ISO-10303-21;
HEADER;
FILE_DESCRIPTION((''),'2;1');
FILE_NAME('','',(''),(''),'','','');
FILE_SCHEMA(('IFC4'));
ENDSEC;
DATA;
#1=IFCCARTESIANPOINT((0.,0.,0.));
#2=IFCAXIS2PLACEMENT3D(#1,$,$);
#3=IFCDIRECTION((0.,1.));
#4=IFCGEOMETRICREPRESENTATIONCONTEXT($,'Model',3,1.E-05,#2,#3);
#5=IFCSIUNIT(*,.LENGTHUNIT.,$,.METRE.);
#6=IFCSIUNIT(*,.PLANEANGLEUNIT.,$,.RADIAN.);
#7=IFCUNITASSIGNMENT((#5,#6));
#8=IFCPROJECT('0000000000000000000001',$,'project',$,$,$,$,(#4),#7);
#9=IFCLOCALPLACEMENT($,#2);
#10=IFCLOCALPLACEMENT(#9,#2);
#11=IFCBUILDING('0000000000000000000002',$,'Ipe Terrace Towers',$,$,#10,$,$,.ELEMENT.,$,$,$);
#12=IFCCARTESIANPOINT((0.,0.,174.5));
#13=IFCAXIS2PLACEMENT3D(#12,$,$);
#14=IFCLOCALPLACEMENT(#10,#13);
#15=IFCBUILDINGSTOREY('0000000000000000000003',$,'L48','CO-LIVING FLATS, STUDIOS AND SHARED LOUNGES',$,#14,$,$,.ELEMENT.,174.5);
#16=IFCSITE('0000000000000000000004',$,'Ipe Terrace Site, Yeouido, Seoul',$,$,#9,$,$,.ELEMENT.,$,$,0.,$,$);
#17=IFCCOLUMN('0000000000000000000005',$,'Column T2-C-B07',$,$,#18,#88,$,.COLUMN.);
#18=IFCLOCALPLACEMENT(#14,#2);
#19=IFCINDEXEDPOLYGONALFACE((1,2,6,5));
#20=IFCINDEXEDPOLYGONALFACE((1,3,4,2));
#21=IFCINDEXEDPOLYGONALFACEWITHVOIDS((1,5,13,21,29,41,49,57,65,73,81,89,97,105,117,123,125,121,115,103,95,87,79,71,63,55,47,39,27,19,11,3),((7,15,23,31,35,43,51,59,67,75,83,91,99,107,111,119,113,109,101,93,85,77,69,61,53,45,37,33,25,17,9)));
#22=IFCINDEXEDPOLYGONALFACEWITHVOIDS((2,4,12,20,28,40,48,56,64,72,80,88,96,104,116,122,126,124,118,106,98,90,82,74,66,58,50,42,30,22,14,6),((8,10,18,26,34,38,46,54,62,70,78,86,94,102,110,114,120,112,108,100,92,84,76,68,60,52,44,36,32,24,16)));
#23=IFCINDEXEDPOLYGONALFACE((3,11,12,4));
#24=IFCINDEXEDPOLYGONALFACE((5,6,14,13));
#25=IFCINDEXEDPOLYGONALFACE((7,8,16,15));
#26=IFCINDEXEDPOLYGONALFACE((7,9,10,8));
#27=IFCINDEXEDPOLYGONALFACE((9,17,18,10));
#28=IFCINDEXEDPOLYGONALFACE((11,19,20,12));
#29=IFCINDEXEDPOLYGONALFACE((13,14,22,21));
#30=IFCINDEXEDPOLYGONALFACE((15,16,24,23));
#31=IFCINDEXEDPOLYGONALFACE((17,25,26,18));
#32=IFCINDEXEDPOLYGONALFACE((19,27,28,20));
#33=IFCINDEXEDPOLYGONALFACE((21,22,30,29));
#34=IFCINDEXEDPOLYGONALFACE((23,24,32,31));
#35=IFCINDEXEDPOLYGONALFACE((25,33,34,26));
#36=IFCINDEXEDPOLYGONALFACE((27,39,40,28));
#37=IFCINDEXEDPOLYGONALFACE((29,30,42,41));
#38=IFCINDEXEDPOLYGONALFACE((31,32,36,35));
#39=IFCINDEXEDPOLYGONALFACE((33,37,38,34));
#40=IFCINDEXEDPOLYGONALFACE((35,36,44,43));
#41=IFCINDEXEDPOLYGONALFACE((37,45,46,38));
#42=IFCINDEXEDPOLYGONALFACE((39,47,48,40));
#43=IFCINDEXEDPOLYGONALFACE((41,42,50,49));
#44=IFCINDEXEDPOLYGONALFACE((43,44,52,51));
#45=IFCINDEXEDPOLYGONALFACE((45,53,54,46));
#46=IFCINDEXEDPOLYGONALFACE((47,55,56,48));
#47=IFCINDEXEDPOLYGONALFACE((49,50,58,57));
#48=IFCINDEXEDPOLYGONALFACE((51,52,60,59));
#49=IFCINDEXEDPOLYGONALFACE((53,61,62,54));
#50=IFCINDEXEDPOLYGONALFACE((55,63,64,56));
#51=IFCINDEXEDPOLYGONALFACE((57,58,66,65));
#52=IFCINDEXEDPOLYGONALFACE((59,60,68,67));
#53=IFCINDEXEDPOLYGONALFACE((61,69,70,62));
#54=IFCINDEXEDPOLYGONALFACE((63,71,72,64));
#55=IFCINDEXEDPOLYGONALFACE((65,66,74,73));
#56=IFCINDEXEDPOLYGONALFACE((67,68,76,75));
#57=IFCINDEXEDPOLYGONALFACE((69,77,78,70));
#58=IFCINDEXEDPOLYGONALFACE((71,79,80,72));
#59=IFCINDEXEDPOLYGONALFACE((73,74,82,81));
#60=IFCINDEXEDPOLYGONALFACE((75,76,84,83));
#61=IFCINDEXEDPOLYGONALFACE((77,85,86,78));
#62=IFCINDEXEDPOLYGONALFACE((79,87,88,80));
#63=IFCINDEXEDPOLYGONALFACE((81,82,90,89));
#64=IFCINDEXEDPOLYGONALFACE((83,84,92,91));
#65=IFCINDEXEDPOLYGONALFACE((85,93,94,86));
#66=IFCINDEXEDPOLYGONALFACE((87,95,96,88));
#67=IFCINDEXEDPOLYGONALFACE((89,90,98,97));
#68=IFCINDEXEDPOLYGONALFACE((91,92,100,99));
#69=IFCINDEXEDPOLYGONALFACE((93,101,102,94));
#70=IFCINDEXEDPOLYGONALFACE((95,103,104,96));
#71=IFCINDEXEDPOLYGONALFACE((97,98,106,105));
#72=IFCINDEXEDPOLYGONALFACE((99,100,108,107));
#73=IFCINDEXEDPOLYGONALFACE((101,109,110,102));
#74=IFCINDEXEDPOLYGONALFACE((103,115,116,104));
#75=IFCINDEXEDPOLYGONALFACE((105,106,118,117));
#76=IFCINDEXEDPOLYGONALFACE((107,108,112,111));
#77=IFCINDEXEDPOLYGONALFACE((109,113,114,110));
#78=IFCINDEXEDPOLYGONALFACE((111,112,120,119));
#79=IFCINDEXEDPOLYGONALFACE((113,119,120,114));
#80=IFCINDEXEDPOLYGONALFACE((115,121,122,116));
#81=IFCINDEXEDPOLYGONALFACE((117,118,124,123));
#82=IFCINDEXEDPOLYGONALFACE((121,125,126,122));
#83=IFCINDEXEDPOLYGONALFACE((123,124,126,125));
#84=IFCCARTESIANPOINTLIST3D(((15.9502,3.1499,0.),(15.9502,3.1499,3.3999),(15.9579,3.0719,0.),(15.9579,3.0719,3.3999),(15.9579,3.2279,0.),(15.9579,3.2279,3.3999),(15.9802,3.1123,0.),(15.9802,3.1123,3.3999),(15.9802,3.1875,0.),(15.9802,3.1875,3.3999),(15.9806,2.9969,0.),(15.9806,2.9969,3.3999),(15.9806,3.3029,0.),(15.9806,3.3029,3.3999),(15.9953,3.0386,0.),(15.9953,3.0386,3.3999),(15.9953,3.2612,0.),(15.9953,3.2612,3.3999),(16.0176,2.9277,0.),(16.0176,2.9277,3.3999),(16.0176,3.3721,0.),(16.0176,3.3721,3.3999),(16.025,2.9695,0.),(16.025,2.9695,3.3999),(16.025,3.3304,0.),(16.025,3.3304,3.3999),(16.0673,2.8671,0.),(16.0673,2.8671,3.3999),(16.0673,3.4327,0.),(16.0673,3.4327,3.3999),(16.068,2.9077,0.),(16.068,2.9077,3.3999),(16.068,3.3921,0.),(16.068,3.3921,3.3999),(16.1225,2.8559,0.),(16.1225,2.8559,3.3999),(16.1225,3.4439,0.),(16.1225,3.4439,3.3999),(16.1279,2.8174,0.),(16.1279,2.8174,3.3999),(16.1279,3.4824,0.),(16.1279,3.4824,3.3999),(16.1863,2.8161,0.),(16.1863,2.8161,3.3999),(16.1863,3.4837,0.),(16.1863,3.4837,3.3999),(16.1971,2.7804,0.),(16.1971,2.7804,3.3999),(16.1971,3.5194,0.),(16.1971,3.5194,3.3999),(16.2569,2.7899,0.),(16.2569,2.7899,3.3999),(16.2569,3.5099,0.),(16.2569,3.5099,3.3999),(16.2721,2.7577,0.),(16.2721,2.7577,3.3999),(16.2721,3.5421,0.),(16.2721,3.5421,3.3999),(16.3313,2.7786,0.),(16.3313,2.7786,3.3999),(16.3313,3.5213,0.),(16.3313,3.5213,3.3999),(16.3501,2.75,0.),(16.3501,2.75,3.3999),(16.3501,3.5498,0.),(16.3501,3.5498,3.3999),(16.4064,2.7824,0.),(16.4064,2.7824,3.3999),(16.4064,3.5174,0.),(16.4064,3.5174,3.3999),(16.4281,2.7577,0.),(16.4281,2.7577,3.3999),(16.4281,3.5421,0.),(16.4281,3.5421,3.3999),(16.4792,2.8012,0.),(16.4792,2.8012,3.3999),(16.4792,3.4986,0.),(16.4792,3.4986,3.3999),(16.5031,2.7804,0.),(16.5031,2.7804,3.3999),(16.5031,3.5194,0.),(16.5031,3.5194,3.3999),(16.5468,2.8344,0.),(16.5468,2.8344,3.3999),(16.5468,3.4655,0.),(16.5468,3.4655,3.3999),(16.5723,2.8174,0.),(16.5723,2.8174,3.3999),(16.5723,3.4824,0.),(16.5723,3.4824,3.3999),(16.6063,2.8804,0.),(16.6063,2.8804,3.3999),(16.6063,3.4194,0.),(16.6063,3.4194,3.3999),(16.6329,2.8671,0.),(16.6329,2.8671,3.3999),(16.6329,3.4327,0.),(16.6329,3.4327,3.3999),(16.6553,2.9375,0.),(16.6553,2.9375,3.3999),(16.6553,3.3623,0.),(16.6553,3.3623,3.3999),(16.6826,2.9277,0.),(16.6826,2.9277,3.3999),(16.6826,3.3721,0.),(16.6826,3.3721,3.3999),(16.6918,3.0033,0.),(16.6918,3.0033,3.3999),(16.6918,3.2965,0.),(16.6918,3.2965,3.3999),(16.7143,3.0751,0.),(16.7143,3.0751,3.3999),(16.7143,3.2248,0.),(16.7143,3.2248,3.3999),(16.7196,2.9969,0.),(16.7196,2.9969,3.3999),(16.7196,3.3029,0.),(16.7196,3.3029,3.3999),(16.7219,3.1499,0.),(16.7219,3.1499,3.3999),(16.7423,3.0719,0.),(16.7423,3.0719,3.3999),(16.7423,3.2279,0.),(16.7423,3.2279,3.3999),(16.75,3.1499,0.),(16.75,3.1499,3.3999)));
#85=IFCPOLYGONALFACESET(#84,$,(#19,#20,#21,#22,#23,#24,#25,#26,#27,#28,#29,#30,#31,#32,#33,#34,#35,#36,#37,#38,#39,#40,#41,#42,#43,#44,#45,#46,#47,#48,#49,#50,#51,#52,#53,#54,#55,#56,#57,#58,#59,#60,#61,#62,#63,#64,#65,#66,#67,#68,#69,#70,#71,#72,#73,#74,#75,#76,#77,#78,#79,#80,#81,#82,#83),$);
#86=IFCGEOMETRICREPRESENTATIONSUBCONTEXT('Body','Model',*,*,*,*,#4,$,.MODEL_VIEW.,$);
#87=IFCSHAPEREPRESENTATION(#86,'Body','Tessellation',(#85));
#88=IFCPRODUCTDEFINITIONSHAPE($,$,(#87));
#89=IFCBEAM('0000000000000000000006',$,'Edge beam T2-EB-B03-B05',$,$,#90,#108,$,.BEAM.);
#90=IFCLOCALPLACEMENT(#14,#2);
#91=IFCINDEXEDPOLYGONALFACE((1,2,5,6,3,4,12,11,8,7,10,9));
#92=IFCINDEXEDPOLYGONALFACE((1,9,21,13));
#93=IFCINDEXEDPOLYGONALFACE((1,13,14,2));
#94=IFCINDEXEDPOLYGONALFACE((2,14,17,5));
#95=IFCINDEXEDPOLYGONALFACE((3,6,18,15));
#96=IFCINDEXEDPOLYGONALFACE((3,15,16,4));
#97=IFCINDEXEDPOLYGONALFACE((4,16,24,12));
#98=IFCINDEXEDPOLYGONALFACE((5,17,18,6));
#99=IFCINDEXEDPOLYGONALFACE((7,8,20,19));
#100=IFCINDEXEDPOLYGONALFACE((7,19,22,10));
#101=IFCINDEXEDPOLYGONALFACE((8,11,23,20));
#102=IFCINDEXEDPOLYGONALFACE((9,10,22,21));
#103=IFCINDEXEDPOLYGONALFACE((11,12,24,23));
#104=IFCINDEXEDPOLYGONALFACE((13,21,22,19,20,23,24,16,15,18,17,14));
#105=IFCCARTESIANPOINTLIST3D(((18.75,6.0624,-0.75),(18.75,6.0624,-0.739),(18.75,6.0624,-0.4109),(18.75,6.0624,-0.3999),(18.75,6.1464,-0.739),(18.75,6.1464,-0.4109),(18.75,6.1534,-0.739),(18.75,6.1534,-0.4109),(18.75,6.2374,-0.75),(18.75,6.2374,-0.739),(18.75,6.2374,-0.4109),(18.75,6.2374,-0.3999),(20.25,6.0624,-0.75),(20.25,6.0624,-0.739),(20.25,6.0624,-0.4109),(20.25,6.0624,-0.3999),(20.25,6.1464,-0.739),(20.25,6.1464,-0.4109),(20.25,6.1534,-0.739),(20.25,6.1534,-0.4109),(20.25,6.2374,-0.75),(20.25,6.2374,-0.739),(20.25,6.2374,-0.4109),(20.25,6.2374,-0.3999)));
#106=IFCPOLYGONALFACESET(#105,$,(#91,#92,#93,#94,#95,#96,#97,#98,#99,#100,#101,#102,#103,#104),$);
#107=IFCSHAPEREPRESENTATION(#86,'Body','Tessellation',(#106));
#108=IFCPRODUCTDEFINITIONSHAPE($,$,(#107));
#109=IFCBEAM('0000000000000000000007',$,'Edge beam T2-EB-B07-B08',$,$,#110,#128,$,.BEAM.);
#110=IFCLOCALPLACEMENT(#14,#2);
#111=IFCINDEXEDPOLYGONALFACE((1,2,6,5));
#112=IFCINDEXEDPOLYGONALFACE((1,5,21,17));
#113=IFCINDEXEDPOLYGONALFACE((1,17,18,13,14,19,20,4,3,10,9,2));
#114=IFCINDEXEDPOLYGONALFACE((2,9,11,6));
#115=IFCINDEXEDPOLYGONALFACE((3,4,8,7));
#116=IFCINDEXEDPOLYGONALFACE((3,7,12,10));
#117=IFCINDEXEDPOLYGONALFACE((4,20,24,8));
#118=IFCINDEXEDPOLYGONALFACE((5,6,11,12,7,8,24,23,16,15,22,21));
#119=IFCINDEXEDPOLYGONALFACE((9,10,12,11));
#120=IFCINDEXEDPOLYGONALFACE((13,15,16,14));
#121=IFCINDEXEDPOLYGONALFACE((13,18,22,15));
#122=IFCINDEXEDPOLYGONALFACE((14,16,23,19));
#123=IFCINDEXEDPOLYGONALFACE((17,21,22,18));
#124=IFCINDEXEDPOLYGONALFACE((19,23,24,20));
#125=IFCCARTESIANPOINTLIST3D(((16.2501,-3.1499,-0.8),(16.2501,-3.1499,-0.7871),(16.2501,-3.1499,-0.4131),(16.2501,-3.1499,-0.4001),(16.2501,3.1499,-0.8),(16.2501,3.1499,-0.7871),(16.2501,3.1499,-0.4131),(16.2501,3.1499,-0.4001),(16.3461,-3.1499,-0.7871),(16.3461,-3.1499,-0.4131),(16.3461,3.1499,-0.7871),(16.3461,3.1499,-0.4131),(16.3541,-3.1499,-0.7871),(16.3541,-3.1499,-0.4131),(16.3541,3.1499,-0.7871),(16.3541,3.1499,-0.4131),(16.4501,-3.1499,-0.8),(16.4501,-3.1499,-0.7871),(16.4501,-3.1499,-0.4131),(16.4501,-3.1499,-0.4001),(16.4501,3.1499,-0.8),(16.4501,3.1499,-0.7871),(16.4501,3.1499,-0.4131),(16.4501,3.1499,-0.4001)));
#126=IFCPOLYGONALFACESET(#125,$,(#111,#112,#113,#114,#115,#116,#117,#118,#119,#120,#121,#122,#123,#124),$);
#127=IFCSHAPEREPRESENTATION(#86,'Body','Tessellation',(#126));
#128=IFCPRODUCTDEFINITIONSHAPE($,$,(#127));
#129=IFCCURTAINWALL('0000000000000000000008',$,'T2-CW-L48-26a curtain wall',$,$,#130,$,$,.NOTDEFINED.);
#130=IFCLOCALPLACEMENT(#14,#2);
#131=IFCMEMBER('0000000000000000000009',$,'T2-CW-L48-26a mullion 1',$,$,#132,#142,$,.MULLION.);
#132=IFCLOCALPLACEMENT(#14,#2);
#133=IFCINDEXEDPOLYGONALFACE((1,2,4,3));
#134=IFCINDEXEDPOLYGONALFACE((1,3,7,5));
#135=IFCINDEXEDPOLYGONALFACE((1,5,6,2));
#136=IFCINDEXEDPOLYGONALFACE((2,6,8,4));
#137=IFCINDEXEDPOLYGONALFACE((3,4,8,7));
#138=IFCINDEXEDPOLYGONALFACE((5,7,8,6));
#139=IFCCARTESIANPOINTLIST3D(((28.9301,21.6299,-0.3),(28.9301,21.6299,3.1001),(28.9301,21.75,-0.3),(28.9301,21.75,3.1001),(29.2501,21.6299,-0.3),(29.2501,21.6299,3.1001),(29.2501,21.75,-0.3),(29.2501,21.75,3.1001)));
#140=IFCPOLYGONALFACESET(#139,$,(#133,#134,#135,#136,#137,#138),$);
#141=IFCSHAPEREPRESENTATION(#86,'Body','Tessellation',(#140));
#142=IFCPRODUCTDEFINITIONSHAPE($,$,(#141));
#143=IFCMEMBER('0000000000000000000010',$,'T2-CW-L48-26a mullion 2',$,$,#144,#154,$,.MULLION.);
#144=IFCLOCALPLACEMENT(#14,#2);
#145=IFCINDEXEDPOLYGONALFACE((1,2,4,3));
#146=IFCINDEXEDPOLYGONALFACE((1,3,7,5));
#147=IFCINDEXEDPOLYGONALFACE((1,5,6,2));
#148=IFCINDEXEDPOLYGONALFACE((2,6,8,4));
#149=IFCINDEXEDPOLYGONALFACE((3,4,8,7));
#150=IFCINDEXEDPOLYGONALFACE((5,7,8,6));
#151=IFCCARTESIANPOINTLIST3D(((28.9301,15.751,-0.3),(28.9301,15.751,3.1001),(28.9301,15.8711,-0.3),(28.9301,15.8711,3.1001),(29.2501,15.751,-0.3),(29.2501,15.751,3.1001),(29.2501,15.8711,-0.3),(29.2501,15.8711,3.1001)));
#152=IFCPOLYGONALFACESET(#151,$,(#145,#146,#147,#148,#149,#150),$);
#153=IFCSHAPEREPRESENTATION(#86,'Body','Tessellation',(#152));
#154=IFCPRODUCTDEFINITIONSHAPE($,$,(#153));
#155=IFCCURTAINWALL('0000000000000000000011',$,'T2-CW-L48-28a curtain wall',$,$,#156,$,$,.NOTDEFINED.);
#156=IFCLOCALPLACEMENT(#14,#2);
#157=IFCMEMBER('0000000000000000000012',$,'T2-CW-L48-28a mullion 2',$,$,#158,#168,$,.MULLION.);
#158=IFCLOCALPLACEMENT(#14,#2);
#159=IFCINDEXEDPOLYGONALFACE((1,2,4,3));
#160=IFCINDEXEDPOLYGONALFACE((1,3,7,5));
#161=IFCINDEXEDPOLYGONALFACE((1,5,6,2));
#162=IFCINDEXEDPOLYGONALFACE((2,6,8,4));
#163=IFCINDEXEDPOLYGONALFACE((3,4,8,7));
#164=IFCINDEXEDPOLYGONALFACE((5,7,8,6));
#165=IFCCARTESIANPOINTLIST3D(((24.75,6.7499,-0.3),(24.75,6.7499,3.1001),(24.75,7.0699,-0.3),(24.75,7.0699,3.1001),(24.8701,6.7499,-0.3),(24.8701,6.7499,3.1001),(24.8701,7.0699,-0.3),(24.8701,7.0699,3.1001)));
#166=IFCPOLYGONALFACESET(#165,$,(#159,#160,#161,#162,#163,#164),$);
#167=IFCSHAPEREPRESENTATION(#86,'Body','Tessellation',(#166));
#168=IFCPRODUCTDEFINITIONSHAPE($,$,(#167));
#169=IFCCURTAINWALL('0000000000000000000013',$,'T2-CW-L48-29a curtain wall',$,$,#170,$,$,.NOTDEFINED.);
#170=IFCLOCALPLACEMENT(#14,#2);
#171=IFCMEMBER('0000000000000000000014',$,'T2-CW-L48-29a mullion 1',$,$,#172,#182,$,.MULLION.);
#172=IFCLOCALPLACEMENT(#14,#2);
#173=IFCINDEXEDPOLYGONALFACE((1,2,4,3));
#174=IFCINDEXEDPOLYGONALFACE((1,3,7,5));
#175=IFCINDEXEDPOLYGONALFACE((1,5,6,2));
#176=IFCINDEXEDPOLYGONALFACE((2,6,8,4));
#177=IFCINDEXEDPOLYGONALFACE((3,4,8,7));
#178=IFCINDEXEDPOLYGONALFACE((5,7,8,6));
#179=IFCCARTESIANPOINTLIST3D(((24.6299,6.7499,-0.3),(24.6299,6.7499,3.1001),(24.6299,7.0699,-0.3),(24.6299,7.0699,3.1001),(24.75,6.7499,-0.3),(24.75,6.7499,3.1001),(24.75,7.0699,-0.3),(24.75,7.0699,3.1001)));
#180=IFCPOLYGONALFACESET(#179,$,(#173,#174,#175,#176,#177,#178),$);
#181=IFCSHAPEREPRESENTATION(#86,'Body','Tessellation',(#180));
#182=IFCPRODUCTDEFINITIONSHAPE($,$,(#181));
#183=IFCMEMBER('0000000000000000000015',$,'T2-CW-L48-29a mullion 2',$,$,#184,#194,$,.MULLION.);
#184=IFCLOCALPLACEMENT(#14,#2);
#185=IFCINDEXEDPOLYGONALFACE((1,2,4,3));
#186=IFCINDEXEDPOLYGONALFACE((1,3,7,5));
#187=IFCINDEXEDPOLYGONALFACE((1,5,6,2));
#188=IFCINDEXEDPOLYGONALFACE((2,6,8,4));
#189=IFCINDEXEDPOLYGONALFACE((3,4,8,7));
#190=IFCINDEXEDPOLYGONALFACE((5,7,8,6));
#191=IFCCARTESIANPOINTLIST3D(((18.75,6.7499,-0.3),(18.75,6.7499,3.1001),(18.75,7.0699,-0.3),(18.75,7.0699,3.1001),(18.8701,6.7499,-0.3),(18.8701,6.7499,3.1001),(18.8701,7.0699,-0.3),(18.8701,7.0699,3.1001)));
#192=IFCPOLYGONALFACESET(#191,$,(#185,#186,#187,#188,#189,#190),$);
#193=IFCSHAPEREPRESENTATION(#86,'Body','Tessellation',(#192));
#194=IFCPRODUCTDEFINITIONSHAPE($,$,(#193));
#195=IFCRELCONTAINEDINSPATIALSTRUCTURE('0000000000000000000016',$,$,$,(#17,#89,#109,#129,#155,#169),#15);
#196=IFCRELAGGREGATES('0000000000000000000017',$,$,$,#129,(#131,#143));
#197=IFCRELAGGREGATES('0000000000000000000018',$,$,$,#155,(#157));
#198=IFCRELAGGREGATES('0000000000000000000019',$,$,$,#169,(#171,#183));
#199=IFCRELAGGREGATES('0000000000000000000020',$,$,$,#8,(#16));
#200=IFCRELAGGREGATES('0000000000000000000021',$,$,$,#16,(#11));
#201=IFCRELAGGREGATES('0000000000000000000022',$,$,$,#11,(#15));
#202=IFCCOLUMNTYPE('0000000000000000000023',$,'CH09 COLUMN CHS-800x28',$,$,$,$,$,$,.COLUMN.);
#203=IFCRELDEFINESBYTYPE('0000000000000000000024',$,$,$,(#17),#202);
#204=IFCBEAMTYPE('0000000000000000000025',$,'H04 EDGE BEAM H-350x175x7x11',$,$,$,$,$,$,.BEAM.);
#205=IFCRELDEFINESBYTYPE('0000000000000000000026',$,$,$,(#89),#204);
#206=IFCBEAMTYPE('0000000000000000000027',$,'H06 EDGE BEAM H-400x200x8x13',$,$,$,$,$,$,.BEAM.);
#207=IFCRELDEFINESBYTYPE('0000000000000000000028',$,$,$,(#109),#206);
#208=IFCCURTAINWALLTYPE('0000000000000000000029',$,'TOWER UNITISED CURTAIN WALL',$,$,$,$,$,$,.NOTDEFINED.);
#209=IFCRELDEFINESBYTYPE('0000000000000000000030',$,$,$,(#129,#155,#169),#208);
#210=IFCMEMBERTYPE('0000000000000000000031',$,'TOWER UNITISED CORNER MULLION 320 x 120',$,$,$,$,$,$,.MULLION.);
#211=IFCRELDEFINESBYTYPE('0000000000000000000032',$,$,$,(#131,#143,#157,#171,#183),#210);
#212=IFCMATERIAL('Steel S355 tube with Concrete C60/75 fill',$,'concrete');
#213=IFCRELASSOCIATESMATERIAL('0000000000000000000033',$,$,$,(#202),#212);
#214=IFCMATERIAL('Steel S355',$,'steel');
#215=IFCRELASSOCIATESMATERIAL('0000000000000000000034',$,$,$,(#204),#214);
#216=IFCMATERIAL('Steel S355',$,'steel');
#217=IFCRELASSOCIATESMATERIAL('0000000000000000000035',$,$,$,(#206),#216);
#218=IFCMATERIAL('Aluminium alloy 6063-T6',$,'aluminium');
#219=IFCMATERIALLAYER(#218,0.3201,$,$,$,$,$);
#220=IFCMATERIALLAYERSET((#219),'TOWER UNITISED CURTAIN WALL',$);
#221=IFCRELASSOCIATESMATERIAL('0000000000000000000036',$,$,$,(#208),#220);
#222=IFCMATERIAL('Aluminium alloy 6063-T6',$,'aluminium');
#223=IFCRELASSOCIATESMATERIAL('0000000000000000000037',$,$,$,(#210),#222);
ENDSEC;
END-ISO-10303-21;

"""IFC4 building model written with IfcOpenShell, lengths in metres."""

from ifc_helpers import new_model, si_unit, direction, frame, origin, origin_2d, place, context, subcontext, project, spatial, rectangle, hollow_circle, i_section, extrude, material, layer, layer_set, material_profile, profile_set, type_object, element, aggregate, save


model = new_model("IFC4")

# Units and contexts
model_context = context("Model", 3, precision=1e-05, world=origin(), true_north=direction((0.0, 1.0)))
body_context = subcontext(model_context, "Body", "Model", "MODEL_VIEW")
ifc_project = project(units=[si_unit("LENGTHUNIT", "METRE"), si_unit("PLANEANGLEUNIT", "RADIAN")], contexts=[model_context])

# Site, building, storey
site_placement = place(None, origin())
site = spatial("IfcSite", under=ifc_project, at=site_placement, Name="Ipe Terrace Site, Yeouido, Seoul", CompositionType="ELEMENT", RefElevation=0.0)
building_placement = place(site_placement, origin())
building = spatial("IfcBuilding", under=site, at=building_placement, Name="Ipe Terrace Towers", CompositionType="ELEMENT")
storey_placement = place(building_placement, frame((0.0, 0.0, 174.5)))
storey = spatial("IfcBuildingStorey", under=building, at=storey_placement, Name="L48", Description="CO-LIVING FLATS, STUDIOS AND SHARED LOUNGES", CompositionType="ELEMENT", Elevation=174.5)

# Column
ifc_material_1 = material(Name="Steel S355 tube with Concrete C60/75 fill", Category="concrete")
ifc_material_profile_1 = material_profile(ifc_material_1, hollow_circle(Radius=0.3999, WallThickness=0.0281, at=origin_2d()), Name="CHS-800x28")
ifc_profile_set_1 = profile_set([ifc_material_profile_1], Name="Steel S355 tube with Concrete C60/75 fill")
column_type = type_object("IfcColumnType", Name="CH09 COLUMN CHS-800x28", PredefinedType="COLUMN", material=ifc_profile_set_1)
for number, where, z_axis, x_axis, name in (
    (1, (16.3501, 3.1499, 0.0), (0.0, 0.0, 1.0), (1.0, 0.0, 0.0), "Column T2-C-B07"),
):
    element("IfcColumn", number, at=place(storey_placement, frame(where, z_axis=z_axis, x_axis=x_axis)), inside=storey, type_object=column_type, Name=name, PredefinedType="COLUMN", context=body_context, shape_type="SweptSolid", body=[
        extrude(hollow_circle(Radius=0.3999, WallThickness=0.0281, at=origin_2d()), origin(), (0.0, 0.0, 1.0), 3.3999),
    ])

# Beams
ifc_material_2 = material(Name="Steel S355", Category="steel")
ifc_material_profile_2 = material_profile(ifc_material_2, i_section(OverallWidth=0.175, OverallDepth=0.3501, WebThickness=0.0071, FlangeThickness=0.011, at=origin_2d()), Name="H-350x175x7x11")
ifc_profile_set_2 = profile_set([ifc_material_profile_2], Name="Steel S355")
beam_type_1 = type_object("IfcBeamType", Name="H04 EDGE BEAM H-350x175x7x11", PredefinedType="BEAM", material=ifc_profile_set_2)
beam_1_placement = place(storey_placement, frame((20.25, 6.1499, -0.575), z_axis=(-1.0, 0.0, 0.0), x_axis=(0.0, -1.0, 0.0)))
element("IfcBeam", 2, at=beam_1_placement, inside=storey, type_object=beam_type_1, Name="Edge beam T2-EB-B03-B05", PredefinedType="BEAM", context=body_context, shape_type="SweptSolid", body=[
    extrude(i_section(OverallWidth=0.175, OverallDepth=0.3501, WebThickness=0.0071, FlangeThickness=0.011, at=origin_2d()), origin(), (0.0, 0.0, 1.0), 1.5),
])
ifc_material_3 = material(Name="Steel S355", Category="steel")
ifc_material_profile_3 = material_profile(ifc_material_3, i_section(OverallWidth=0.2, OverallDepth=0.3999, WebThickness=0.0081, FlangeThickness=0.0129, at=origin_2d()), Name="H-400x200x8x13")
ifc_profile_set_3 = profile_set([ifc_material_profile_3], Name="Steel S355")
beam_type_2 = type_object("IfcBeamType", Name="H06 EDGE BEAM H-400x200x8x13", PredefinedType="BEAM", material=ifc_profile_set_3)
beam_2_placement = place(storey_placement, frame((16.3501, 3.1499, -0.6001), z_axis=(0.0, -1.0, 0.0), x_axis=(1.0, 0.0, 0.0)))
element("IfcBeam", 3, at=beam_2_placement, inside=storey, type_object=beam_type_2, Name="Edge beam T2-EB-B07-B08", PredefinedType="BEAM", context=body_context, shape_type="SweptSolid", body=[
    extrude(i_section(OverallWidth=0.2, OverallDepth=0.3999, WebThickness=0.0081, FlangeThickness=0.0129, at=origin_2d()), origin(), (0.0, 0.0, 1.0), 6.2998),
])

# Curtain wall, members
ifc_material_4 = material(Name="Aluminium alloy 6063-T6", Category="aluminium")
ifc_layer_1 = layer(ifc_material_4, 0.3201)
ifc_layer_set_1 = layer_set([ifc_layer_1], Name="TOWER UNITISED CURTAIN WALL")
curtain_wall_type = type_object("IfcCurtainWallType", Name="TOWER UNITISED CURTAIN WALL", PredefinedType="NOTDEFINED", material=ifc_layer_set_1)
curtain_wall_1_placement = place(storey_placement, origin())
curtain_wall_1 = element("IfcCurtainWall", 4, at=curtain_wall_1_placement, inside=storey, type_object=curtain_wall_type, Name="T2-CW-L48-26a curtain wall", PredefinedType="NOTDEFINED")
ifc_material_5 = material(Name="Aluminium alloy 6063-T6", Category="aluminium")
ifc_material_profile_4 = material_profile(ifc_material_5, rectangle(XDim=0.3201, YDim=0.1201, at=origin_2d()), Name="TOWER UNITISED CORNER MULLION 320 x 120")
ifc_profile_set_4 = profile_set([ifc_material_profile_4], Name="Aluminium alloy 6063-T6")
member_type_1 = type_object("IfcMemberType", Name="TOWER UNITISED CORNER MULLION 320 x 120", PredefinedType="MULLION", material=ifc_profile_set_4)
member_1_placement = place(storey_placement, frame((29.0901, 21.6899, -0.3), z_axis=(0.0, 0.0, 1.0), x_axis=(-1.0, 0.0, 0.0)))
member_1 = element("IfcMember", 5, at=member_1_placement, type_object=member_type_1, Name="T2-CW-L48-26a mullion 1", PredefinedType="MULLION", context=body_context, shape_type="SweptSolid", body=[
    extrude(rectangle(XDim=0.3201, YDim=0.1201, at=origin_2d()), origin(), (0.0, 0.0, 1.0), 3.4001),
])
member_2_placement = place(storey_placement, frame((29.0901, 15.811, -0.3), z_axis=(0.0, 0.0, 1.0), x_axis=(-1.0, 0.0, 0.0)))
member_2 = element("IfcMember", 6, at=member_2_placement, type_object=member_type_1, Name="T2-CW-L48-26a mullion 2", PredefinedType="MULLION", context=body_context, shape_type="SweptSolid", body=[
    extrude(rectangle(XDim=0.3201, YDim=0.1201, at=origin_2d()), origin(), (0.0, 0.0, 1.0), 3.4001),
])

# Curtain wall, member
curtain_wall_2_placement = place(storey_placement, origin())
curtain_wall_2 = element("IfcCurtainWall", 7, at=curtain_wall_2_placement, inside=storey, type_object=curtain_wall_type, Name="T2-CW-L48-28a curtain wall", PredefinedType="NOTDEFINED")
member_3_placement = place(storey_placement, frame((24.8101, 6.9099, -0.3), z_axis=(0.0, 0.0, 1.0), x_axis=(0.0, 1.0, 0.0)))
member_3 = element("IfcMember", 8, at=member_3_placement, type_object=member_type_1, Name="T2-CW-L48-28a mullion 2", PredefinedType="MULLION", context=body_context, shape_type="SweptSolid", body=[
    extrude(rectangle(XDim=0.3201, YDim=0.1201, at=origin_2d()), origin(), (0.0, 0.0, 1.0), 3.4001),
])

# Curtain wall, members
curtain_wall_3_placement = place(storey_placement, origin())
curtain_wall_3 = element("IfcCurtainWall", 9, at=curtain_wall_3_placement, inside=storey, type_object=curtain_wall_type, Name="T2-CW-L48-29a curtain wall", PredefinedType="NOTDEFINED")
member_4_placement = place(storey_placement, frame((24.6899, 6.9099, -0.3), z_axis=(0.0, 0.0, 1.0), x_axis=(0.0, 1.0, 0.0)))
member_4 = element("IfcMember", 10, at=member_4_placement, type_object=member_type_1, Name="T2-CW-L48-29a mullion 1", PredefinedType="MULLION", context=body_context, shape_type="SweptSolid", body=[
    extrude(rectangle(XDim=0.3201, YDim=0.1201, at=origin_2d()), origin(), (0.0, 0.0, 1.0), 3.4001),
])
member_5_placement = place(storey_placement, frame((18.8101, 6.9099, -0.3), z_axis=(0.0, 0.0, 1.0), x_axis=(0.0, 1.0, 0.0)))
member_5 = element("IfcMember", 11, at=member_5_placement, type_object=member_type_1, Name="T2-CW-L48-29a mullion 2", PredefinedType="MULLION", context=body_context, shape_type="SweptSolid", body=[
    extrude(rectangle(XDim=0.3201, YDim=0.1201, at=origin_2d()), origin(), (0.0, 0.0, 1.0), 3.4001),
])

aggregate(curtain_wall_1, [member_1, member_2])
aggregate(curtain_wall_2, [member_3])
aggregate(curtain_wall_3, [member_4, member_5])

save(model, "model.ifc")
